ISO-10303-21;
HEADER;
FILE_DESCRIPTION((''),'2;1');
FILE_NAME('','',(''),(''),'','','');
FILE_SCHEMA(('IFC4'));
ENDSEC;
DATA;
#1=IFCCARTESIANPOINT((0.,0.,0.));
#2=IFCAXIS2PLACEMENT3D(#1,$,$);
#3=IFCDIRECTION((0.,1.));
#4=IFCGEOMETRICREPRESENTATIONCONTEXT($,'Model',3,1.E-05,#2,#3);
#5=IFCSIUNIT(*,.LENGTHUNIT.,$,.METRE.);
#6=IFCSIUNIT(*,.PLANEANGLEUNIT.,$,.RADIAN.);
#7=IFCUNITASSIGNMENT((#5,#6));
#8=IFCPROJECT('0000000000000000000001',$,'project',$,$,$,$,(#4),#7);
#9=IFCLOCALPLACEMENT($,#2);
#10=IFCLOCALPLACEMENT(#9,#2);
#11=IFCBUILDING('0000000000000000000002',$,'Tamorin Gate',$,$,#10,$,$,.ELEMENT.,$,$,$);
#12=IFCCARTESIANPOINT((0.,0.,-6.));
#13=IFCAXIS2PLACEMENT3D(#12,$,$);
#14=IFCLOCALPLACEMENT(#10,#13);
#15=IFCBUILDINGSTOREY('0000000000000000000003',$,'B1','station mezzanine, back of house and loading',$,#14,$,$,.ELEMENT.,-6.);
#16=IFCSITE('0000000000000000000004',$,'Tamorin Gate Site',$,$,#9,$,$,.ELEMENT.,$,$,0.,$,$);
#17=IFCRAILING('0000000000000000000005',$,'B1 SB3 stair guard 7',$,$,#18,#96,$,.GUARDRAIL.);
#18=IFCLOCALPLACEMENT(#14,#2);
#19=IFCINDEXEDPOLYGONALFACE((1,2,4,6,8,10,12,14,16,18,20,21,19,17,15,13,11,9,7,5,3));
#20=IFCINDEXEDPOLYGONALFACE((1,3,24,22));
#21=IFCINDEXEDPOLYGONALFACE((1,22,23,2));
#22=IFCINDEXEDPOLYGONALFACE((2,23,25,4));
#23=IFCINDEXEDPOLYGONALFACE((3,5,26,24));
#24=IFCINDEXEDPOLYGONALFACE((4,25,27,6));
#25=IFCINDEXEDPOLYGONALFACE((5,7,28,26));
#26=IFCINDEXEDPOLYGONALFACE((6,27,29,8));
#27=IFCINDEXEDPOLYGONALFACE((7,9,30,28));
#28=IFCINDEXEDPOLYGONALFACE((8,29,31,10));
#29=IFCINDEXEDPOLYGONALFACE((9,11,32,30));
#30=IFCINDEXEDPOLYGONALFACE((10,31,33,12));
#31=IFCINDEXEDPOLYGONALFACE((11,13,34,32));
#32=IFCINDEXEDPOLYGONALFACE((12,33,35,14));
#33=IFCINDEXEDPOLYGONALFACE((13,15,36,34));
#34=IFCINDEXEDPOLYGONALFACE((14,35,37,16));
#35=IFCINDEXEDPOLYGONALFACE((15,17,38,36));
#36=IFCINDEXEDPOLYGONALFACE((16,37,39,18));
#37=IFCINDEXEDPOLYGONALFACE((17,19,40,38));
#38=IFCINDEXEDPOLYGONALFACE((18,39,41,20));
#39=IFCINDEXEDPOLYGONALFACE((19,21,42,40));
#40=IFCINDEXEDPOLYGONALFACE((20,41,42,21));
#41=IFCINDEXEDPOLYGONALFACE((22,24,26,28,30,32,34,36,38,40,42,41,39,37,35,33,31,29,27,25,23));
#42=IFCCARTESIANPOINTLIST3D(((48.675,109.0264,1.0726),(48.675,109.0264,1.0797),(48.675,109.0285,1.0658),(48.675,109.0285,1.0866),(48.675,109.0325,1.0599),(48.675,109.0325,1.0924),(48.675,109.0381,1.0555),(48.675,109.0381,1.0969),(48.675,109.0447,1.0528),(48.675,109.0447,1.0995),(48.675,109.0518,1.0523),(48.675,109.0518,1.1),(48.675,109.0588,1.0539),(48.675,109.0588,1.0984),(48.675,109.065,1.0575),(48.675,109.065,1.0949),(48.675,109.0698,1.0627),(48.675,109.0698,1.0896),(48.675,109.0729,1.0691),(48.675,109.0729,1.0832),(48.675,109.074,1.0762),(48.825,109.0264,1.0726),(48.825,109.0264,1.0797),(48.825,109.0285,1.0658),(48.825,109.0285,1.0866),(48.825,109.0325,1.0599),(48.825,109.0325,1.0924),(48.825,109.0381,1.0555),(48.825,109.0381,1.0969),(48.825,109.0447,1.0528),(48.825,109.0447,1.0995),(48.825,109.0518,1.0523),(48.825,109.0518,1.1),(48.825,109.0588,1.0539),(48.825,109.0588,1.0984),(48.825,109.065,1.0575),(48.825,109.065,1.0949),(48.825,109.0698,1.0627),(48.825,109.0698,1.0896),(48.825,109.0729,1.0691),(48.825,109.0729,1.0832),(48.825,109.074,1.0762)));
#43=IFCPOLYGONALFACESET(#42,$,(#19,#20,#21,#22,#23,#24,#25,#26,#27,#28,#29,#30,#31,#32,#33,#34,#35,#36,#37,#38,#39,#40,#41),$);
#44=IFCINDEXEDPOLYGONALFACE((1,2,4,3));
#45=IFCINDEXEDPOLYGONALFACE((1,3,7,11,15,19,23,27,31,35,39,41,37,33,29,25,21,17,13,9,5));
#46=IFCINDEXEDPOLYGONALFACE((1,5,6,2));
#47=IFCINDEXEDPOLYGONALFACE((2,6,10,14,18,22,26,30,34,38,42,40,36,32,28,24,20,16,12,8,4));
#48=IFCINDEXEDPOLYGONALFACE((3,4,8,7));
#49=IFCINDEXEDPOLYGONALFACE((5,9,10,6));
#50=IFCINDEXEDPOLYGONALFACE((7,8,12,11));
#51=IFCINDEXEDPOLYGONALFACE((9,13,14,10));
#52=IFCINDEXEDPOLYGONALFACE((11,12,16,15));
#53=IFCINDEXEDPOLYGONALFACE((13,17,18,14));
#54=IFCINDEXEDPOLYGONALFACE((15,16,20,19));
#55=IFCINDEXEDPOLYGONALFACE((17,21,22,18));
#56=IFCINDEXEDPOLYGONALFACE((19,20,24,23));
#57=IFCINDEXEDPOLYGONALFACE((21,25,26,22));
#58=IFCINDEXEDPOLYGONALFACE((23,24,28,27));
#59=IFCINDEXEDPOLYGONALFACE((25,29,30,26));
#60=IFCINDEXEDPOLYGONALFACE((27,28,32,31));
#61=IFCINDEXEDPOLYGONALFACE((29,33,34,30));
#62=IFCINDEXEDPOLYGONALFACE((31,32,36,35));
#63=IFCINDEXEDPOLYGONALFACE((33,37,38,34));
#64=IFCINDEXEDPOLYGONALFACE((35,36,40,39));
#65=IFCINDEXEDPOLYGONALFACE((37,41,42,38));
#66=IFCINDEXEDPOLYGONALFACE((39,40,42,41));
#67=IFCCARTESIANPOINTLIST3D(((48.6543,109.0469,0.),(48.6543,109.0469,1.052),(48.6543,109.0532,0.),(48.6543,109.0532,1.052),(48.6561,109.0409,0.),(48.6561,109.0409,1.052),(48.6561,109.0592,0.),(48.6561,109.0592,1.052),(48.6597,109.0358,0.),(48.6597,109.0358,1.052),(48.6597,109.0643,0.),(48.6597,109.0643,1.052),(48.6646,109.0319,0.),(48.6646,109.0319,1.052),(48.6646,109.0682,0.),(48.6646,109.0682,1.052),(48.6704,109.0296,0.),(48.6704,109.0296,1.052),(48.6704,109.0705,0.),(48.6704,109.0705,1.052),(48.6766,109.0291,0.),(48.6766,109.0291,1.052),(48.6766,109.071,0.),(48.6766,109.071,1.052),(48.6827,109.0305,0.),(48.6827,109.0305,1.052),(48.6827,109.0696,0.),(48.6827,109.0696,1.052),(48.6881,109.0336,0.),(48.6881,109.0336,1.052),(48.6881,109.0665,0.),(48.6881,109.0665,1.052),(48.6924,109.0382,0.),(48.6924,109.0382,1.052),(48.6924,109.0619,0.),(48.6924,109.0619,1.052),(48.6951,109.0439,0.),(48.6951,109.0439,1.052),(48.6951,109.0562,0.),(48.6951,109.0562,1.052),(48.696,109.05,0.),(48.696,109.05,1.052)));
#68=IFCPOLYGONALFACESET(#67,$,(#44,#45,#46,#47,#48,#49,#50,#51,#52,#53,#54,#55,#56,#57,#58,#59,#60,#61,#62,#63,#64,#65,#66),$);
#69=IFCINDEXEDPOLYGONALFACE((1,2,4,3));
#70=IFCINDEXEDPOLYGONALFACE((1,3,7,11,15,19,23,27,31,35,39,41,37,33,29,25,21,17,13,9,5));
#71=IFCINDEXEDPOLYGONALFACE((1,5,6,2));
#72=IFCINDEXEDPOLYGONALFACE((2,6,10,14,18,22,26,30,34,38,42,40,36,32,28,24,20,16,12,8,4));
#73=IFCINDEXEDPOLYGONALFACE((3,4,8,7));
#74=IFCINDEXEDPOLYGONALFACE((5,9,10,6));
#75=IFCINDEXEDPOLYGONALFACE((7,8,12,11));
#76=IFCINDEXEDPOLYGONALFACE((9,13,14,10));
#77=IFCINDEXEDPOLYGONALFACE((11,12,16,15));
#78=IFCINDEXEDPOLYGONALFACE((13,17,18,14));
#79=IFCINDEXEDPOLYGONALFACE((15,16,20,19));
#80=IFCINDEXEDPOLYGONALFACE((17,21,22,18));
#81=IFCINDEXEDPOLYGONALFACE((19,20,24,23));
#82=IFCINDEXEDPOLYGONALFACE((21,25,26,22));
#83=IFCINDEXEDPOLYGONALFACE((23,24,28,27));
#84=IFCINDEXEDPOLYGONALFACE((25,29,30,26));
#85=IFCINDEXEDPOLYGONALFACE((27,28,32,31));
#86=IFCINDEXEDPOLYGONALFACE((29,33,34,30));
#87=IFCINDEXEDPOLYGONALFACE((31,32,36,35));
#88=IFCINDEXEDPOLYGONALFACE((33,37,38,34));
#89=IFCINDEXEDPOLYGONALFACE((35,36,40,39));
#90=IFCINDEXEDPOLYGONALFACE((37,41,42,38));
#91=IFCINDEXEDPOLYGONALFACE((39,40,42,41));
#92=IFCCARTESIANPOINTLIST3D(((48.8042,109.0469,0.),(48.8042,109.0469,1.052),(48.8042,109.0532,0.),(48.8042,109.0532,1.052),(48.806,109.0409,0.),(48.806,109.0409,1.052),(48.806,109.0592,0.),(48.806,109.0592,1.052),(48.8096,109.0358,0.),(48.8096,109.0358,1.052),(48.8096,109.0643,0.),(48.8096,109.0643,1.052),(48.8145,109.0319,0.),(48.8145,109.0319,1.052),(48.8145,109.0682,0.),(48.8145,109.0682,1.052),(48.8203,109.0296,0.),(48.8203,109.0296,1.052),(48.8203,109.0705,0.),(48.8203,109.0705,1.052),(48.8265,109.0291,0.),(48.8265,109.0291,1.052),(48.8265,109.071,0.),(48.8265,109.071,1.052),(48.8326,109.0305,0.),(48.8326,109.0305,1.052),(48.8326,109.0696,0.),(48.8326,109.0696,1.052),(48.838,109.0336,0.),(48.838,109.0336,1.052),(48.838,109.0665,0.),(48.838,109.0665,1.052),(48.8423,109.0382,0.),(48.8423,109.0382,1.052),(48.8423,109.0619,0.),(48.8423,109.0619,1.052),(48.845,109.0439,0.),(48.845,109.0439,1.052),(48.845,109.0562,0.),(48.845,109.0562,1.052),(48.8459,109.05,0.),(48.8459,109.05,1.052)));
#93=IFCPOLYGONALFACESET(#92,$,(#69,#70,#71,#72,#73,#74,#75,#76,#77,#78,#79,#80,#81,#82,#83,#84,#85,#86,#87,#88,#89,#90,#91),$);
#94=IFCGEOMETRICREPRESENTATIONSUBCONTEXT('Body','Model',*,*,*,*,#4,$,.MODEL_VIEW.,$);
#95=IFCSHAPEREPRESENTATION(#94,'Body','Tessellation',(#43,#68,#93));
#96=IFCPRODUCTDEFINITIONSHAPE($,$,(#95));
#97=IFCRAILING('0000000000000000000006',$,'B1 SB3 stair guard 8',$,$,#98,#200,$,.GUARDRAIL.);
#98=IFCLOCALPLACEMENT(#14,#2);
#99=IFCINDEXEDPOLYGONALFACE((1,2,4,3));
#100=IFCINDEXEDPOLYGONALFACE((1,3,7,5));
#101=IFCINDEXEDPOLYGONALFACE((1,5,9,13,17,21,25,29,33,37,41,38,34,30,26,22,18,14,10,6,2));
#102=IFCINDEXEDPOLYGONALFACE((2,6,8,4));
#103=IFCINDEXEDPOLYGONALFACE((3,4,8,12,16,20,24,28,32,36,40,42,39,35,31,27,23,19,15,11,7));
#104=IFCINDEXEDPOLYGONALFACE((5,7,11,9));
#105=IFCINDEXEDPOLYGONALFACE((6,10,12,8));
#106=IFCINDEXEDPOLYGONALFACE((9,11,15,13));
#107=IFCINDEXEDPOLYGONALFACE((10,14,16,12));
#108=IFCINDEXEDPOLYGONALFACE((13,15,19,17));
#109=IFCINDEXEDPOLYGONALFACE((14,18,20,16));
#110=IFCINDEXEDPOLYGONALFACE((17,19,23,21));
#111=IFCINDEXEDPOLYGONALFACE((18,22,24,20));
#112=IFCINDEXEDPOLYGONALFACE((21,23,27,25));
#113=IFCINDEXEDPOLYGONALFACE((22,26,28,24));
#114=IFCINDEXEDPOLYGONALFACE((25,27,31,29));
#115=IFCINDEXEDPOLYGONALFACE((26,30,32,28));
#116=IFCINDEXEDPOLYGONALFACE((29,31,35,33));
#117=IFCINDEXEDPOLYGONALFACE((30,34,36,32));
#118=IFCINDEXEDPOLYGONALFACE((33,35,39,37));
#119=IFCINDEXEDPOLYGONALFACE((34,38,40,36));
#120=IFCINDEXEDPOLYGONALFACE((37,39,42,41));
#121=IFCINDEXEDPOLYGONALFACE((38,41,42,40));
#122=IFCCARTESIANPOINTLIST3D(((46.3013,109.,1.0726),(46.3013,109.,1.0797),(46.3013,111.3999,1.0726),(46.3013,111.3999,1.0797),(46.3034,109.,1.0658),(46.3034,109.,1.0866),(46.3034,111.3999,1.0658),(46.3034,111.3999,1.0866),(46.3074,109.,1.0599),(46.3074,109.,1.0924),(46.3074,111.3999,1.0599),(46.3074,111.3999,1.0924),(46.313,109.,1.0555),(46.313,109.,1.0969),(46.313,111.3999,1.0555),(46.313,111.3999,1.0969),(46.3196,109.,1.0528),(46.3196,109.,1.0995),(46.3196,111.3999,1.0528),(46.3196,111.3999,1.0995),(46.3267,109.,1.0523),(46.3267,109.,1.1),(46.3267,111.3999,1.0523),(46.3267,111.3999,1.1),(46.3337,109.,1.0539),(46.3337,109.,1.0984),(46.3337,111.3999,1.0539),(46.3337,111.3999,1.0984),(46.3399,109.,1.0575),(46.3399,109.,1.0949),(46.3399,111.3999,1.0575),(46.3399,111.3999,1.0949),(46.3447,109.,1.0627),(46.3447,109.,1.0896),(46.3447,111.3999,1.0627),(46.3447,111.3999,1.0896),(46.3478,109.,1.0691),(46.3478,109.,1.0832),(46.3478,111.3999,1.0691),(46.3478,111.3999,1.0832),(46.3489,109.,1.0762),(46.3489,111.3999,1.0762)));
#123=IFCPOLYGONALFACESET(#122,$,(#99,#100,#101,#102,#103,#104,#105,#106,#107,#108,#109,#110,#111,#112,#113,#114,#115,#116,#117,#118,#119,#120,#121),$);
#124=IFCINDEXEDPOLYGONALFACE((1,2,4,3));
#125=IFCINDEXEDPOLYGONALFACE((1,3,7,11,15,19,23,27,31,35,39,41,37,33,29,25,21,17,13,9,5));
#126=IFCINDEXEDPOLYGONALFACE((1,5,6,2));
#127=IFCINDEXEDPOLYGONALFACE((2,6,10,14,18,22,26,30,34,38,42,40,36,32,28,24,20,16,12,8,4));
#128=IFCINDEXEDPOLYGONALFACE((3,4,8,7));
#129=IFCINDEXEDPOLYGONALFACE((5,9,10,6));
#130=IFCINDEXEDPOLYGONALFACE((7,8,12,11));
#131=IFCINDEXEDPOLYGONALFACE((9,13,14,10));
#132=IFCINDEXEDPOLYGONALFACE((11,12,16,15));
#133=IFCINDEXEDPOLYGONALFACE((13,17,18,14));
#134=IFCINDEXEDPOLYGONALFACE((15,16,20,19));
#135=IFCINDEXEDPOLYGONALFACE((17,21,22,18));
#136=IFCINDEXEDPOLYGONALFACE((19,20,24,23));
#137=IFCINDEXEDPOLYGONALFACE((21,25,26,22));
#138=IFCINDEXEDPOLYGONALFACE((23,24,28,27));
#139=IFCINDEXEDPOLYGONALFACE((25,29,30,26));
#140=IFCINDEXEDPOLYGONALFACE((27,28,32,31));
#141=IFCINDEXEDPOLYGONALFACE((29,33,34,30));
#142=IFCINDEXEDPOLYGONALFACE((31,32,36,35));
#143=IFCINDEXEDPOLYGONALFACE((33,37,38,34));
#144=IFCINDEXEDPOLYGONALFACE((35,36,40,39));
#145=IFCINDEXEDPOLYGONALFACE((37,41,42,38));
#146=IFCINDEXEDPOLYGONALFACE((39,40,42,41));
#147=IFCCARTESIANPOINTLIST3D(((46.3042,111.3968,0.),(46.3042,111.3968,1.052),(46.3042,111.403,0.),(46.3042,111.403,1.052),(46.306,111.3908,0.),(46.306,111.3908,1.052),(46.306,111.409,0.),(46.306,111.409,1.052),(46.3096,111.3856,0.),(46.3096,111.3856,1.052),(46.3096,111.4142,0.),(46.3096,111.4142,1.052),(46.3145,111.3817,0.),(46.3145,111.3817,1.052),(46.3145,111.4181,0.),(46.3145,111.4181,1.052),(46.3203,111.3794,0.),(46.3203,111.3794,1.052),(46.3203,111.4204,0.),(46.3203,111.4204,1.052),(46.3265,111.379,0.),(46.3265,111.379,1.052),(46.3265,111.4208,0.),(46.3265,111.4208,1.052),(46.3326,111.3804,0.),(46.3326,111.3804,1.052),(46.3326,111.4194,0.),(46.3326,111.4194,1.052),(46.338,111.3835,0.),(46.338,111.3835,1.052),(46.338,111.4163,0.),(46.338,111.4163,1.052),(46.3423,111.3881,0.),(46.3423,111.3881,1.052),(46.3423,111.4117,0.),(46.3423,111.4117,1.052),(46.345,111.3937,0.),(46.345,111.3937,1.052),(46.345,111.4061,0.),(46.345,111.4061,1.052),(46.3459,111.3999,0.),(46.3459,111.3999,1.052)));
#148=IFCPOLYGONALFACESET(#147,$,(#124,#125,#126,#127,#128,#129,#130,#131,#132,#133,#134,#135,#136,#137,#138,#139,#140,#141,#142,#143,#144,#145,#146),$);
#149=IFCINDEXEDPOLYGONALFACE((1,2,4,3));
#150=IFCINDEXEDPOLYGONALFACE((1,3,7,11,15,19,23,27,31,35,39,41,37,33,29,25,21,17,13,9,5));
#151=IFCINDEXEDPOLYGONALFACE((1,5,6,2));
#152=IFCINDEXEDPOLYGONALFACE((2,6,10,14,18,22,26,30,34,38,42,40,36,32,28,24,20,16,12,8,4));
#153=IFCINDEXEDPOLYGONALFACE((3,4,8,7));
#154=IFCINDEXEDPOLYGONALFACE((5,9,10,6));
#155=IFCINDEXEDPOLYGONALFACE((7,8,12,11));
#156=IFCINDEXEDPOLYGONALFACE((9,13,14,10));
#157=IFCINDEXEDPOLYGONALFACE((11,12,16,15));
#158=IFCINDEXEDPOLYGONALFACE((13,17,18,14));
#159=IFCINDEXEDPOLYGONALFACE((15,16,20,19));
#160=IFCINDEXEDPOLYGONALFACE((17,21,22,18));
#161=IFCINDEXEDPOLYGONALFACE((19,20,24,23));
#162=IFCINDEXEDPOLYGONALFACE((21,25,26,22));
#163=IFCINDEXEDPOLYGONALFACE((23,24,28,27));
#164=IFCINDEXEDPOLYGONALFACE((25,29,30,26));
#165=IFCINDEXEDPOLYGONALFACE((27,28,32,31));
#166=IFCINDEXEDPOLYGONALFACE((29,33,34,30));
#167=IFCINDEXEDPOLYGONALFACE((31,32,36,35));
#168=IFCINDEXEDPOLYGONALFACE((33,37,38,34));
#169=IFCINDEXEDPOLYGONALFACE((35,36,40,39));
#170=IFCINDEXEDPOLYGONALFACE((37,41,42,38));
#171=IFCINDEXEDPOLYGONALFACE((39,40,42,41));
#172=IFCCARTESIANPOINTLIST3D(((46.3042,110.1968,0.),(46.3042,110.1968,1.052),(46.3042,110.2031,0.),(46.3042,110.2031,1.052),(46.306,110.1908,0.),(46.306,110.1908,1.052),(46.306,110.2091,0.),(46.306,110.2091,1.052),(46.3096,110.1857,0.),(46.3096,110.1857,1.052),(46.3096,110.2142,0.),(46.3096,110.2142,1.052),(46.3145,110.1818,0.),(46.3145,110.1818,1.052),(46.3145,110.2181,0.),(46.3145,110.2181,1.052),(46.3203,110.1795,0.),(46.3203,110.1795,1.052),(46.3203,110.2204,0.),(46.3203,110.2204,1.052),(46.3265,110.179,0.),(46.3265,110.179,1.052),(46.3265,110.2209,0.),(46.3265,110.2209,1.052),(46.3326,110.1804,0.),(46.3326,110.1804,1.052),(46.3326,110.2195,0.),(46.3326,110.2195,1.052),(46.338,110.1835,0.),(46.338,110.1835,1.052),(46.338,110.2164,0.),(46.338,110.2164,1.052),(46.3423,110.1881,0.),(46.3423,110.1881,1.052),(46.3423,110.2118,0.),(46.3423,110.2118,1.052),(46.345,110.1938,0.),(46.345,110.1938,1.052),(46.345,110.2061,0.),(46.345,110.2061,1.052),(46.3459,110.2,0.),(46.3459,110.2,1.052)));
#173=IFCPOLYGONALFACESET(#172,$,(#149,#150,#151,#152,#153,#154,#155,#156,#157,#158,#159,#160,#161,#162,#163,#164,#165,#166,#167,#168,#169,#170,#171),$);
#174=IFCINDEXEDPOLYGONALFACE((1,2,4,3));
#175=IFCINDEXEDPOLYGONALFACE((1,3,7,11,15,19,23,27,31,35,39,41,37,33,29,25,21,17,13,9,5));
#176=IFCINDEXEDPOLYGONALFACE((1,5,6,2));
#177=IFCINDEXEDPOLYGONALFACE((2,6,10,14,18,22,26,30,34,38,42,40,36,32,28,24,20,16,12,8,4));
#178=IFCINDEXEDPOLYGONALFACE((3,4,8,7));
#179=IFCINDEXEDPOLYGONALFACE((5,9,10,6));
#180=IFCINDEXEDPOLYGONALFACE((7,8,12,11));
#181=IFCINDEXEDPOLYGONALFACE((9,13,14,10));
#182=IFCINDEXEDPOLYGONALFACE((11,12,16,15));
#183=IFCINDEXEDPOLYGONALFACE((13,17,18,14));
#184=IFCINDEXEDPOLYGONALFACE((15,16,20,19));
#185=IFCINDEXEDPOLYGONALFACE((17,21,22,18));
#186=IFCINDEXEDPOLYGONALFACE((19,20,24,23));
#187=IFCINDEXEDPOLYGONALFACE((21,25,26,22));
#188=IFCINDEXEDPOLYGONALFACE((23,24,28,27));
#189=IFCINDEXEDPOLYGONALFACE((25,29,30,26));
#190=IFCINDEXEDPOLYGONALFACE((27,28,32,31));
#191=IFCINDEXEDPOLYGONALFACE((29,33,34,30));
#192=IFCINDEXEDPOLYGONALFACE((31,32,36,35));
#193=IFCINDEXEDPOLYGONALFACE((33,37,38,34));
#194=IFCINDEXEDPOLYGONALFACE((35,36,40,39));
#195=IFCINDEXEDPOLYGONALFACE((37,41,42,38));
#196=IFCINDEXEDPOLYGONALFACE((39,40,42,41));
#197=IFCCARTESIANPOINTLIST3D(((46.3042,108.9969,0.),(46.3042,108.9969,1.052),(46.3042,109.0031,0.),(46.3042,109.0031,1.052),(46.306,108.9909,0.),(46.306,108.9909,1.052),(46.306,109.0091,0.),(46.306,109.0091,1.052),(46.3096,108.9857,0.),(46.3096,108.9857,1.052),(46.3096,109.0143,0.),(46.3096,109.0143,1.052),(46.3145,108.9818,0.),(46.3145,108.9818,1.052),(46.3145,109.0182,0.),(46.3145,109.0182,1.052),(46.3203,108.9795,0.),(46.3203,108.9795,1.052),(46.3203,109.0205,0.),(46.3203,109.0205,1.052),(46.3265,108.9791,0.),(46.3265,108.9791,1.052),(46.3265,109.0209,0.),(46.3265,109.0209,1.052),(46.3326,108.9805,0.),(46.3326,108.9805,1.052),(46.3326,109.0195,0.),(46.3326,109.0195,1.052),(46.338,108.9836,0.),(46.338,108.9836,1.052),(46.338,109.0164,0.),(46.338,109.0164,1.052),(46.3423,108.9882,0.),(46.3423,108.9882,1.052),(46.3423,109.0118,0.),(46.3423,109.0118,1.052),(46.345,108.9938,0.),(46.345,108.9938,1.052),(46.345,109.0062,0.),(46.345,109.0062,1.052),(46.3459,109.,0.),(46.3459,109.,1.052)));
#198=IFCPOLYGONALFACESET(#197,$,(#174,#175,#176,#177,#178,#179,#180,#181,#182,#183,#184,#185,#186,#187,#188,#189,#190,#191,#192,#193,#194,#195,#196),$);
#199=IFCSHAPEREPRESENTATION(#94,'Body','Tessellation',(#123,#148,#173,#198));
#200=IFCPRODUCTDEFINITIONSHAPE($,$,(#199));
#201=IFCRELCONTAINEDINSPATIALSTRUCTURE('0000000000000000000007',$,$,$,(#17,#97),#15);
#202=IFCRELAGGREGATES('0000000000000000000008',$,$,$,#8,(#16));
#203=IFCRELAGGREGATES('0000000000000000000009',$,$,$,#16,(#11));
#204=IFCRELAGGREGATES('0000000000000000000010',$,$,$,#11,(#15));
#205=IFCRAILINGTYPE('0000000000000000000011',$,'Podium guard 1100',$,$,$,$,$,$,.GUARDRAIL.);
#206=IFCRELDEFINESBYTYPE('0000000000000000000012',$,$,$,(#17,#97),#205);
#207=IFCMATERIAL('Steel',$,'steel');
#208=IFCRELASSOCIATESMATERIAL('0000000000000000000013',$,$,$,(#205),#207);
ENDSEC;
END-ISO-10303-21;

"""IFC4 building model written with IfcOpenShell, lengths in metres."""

from ifc_helpers import new_model, si_unit, direction, frame, origin, origin_2d, place, context, subcontext, project, spatial, circle, extrude, material, type_object, element, save


model = new_model("IFC4")

# Units and contexts
model_context = context("Model", 3, precision=1e-05, world=origin(), true_north=direction((0.0, 1.0)))
body_context = subcontext(model_context, "Body", "Model", "MODEL_VIEW")
ifc_project = project(units=[si_unit("LENGTHUNIT", "METRE"), si_unit("PLANEANGLEUNIT", "RADIAN")], contexts=[model_context])

# Site, building, storey
site_placement = place(None, origin())
site = spatial("IfcSite", under=ifc_project, at=site_placement, Name="Tamorin Gate Site", CompositionType="ELEMENT", RefElevation=0.0)
building_placement = place(site_placement, origin())
building = spatial("IfcBuilding", under=site, at=building_placement, Name="Tamorin Gate", CompositionType="ELEMENT")
storey_placement = place(building_placement, frame((0.0, 0.0, -6.0)))
storey = spatial("IfcBuildingStorey", under=building, at=storey_placement, Name="B1", Description="station mezzanine, back of house and loading", CompositionType="ELEMENT", Elevation=-6.0)

# Railings
ifc_material_1 = material(Name="Steel", Category="steel")
railing_type_1 = type_object("IfcRailingType", Name="Podium guard 1100", PredefinedType="GUARDRAIL", material=ifc_material_1)
railing_1_placement = place(storey_placement, frame((48.675, 109.05, 0.0)))
element("IfcRailing", 1, at=railing_1_placement, inside=storey, type_object=railing_type_1, Name="B1 SB3 stair guard 7", PredefinedType="GUARDRAIL", context=body_context, shape_type="SweptSolid", body=[
    extrude(circle(Radius=0.0239, at=origin_2d()), frame((0.0, 0.0, 1.0762), z_axis=(1.0, 0.0, 0.0), x_axis=(0.0, 1.0, 0.0)), (0.0, 0.0, 1.0), 0.1499),
    extrude(circle(Radius=0.021, at=origin_2d()), origin(), (0.0, 0.0, 1.0), 1.052),
    extrude(circle(Radius=0.021, at=origin_2d()), frame((0.1499, 0.0, 0.0)), (0.0, 0.0, 1.0), 1.052),
])
for number, where, name in (
    (2, (46.325, 111.3999, 0.0), "B1 SB3 stair guard 8"),
):
    element("IfcRailing", number, at=place(storey_placement, frame(where)), inside=storey, type_object=railing_type_1, Name=name, PredefinedType="GUARDRAIL", context=body_context, shape_type="SweptSolid", body=[
        extrude(circle(Radius=0.0239, at=origin_2d()), frame((0.0, 0.0, 1.0762), z_axis=(0.0, -1.0, 0.0), x_axis=(1.0, 0.0, 0.0)), (0.0, 0.0, 1.0), 2.3999),
        extrude(circle(Radius=0.021, at=origin_2d()), origin(), (0.0, 0.0, 1.0), 1.052),
        extrude(circle(Radius=0.021, at=origin_2d()), frame((0.0, -1.2, 0.0)), (0.0, 0.0, 1.0), 1.052),
        extrude(circle(Radius=0.021, at=origin_2d()), frame((0.0, -2.3999, 0.0)), (0.0, 0.0, 1.0), 1.052),
    ])

save(model, "model.ifc")
